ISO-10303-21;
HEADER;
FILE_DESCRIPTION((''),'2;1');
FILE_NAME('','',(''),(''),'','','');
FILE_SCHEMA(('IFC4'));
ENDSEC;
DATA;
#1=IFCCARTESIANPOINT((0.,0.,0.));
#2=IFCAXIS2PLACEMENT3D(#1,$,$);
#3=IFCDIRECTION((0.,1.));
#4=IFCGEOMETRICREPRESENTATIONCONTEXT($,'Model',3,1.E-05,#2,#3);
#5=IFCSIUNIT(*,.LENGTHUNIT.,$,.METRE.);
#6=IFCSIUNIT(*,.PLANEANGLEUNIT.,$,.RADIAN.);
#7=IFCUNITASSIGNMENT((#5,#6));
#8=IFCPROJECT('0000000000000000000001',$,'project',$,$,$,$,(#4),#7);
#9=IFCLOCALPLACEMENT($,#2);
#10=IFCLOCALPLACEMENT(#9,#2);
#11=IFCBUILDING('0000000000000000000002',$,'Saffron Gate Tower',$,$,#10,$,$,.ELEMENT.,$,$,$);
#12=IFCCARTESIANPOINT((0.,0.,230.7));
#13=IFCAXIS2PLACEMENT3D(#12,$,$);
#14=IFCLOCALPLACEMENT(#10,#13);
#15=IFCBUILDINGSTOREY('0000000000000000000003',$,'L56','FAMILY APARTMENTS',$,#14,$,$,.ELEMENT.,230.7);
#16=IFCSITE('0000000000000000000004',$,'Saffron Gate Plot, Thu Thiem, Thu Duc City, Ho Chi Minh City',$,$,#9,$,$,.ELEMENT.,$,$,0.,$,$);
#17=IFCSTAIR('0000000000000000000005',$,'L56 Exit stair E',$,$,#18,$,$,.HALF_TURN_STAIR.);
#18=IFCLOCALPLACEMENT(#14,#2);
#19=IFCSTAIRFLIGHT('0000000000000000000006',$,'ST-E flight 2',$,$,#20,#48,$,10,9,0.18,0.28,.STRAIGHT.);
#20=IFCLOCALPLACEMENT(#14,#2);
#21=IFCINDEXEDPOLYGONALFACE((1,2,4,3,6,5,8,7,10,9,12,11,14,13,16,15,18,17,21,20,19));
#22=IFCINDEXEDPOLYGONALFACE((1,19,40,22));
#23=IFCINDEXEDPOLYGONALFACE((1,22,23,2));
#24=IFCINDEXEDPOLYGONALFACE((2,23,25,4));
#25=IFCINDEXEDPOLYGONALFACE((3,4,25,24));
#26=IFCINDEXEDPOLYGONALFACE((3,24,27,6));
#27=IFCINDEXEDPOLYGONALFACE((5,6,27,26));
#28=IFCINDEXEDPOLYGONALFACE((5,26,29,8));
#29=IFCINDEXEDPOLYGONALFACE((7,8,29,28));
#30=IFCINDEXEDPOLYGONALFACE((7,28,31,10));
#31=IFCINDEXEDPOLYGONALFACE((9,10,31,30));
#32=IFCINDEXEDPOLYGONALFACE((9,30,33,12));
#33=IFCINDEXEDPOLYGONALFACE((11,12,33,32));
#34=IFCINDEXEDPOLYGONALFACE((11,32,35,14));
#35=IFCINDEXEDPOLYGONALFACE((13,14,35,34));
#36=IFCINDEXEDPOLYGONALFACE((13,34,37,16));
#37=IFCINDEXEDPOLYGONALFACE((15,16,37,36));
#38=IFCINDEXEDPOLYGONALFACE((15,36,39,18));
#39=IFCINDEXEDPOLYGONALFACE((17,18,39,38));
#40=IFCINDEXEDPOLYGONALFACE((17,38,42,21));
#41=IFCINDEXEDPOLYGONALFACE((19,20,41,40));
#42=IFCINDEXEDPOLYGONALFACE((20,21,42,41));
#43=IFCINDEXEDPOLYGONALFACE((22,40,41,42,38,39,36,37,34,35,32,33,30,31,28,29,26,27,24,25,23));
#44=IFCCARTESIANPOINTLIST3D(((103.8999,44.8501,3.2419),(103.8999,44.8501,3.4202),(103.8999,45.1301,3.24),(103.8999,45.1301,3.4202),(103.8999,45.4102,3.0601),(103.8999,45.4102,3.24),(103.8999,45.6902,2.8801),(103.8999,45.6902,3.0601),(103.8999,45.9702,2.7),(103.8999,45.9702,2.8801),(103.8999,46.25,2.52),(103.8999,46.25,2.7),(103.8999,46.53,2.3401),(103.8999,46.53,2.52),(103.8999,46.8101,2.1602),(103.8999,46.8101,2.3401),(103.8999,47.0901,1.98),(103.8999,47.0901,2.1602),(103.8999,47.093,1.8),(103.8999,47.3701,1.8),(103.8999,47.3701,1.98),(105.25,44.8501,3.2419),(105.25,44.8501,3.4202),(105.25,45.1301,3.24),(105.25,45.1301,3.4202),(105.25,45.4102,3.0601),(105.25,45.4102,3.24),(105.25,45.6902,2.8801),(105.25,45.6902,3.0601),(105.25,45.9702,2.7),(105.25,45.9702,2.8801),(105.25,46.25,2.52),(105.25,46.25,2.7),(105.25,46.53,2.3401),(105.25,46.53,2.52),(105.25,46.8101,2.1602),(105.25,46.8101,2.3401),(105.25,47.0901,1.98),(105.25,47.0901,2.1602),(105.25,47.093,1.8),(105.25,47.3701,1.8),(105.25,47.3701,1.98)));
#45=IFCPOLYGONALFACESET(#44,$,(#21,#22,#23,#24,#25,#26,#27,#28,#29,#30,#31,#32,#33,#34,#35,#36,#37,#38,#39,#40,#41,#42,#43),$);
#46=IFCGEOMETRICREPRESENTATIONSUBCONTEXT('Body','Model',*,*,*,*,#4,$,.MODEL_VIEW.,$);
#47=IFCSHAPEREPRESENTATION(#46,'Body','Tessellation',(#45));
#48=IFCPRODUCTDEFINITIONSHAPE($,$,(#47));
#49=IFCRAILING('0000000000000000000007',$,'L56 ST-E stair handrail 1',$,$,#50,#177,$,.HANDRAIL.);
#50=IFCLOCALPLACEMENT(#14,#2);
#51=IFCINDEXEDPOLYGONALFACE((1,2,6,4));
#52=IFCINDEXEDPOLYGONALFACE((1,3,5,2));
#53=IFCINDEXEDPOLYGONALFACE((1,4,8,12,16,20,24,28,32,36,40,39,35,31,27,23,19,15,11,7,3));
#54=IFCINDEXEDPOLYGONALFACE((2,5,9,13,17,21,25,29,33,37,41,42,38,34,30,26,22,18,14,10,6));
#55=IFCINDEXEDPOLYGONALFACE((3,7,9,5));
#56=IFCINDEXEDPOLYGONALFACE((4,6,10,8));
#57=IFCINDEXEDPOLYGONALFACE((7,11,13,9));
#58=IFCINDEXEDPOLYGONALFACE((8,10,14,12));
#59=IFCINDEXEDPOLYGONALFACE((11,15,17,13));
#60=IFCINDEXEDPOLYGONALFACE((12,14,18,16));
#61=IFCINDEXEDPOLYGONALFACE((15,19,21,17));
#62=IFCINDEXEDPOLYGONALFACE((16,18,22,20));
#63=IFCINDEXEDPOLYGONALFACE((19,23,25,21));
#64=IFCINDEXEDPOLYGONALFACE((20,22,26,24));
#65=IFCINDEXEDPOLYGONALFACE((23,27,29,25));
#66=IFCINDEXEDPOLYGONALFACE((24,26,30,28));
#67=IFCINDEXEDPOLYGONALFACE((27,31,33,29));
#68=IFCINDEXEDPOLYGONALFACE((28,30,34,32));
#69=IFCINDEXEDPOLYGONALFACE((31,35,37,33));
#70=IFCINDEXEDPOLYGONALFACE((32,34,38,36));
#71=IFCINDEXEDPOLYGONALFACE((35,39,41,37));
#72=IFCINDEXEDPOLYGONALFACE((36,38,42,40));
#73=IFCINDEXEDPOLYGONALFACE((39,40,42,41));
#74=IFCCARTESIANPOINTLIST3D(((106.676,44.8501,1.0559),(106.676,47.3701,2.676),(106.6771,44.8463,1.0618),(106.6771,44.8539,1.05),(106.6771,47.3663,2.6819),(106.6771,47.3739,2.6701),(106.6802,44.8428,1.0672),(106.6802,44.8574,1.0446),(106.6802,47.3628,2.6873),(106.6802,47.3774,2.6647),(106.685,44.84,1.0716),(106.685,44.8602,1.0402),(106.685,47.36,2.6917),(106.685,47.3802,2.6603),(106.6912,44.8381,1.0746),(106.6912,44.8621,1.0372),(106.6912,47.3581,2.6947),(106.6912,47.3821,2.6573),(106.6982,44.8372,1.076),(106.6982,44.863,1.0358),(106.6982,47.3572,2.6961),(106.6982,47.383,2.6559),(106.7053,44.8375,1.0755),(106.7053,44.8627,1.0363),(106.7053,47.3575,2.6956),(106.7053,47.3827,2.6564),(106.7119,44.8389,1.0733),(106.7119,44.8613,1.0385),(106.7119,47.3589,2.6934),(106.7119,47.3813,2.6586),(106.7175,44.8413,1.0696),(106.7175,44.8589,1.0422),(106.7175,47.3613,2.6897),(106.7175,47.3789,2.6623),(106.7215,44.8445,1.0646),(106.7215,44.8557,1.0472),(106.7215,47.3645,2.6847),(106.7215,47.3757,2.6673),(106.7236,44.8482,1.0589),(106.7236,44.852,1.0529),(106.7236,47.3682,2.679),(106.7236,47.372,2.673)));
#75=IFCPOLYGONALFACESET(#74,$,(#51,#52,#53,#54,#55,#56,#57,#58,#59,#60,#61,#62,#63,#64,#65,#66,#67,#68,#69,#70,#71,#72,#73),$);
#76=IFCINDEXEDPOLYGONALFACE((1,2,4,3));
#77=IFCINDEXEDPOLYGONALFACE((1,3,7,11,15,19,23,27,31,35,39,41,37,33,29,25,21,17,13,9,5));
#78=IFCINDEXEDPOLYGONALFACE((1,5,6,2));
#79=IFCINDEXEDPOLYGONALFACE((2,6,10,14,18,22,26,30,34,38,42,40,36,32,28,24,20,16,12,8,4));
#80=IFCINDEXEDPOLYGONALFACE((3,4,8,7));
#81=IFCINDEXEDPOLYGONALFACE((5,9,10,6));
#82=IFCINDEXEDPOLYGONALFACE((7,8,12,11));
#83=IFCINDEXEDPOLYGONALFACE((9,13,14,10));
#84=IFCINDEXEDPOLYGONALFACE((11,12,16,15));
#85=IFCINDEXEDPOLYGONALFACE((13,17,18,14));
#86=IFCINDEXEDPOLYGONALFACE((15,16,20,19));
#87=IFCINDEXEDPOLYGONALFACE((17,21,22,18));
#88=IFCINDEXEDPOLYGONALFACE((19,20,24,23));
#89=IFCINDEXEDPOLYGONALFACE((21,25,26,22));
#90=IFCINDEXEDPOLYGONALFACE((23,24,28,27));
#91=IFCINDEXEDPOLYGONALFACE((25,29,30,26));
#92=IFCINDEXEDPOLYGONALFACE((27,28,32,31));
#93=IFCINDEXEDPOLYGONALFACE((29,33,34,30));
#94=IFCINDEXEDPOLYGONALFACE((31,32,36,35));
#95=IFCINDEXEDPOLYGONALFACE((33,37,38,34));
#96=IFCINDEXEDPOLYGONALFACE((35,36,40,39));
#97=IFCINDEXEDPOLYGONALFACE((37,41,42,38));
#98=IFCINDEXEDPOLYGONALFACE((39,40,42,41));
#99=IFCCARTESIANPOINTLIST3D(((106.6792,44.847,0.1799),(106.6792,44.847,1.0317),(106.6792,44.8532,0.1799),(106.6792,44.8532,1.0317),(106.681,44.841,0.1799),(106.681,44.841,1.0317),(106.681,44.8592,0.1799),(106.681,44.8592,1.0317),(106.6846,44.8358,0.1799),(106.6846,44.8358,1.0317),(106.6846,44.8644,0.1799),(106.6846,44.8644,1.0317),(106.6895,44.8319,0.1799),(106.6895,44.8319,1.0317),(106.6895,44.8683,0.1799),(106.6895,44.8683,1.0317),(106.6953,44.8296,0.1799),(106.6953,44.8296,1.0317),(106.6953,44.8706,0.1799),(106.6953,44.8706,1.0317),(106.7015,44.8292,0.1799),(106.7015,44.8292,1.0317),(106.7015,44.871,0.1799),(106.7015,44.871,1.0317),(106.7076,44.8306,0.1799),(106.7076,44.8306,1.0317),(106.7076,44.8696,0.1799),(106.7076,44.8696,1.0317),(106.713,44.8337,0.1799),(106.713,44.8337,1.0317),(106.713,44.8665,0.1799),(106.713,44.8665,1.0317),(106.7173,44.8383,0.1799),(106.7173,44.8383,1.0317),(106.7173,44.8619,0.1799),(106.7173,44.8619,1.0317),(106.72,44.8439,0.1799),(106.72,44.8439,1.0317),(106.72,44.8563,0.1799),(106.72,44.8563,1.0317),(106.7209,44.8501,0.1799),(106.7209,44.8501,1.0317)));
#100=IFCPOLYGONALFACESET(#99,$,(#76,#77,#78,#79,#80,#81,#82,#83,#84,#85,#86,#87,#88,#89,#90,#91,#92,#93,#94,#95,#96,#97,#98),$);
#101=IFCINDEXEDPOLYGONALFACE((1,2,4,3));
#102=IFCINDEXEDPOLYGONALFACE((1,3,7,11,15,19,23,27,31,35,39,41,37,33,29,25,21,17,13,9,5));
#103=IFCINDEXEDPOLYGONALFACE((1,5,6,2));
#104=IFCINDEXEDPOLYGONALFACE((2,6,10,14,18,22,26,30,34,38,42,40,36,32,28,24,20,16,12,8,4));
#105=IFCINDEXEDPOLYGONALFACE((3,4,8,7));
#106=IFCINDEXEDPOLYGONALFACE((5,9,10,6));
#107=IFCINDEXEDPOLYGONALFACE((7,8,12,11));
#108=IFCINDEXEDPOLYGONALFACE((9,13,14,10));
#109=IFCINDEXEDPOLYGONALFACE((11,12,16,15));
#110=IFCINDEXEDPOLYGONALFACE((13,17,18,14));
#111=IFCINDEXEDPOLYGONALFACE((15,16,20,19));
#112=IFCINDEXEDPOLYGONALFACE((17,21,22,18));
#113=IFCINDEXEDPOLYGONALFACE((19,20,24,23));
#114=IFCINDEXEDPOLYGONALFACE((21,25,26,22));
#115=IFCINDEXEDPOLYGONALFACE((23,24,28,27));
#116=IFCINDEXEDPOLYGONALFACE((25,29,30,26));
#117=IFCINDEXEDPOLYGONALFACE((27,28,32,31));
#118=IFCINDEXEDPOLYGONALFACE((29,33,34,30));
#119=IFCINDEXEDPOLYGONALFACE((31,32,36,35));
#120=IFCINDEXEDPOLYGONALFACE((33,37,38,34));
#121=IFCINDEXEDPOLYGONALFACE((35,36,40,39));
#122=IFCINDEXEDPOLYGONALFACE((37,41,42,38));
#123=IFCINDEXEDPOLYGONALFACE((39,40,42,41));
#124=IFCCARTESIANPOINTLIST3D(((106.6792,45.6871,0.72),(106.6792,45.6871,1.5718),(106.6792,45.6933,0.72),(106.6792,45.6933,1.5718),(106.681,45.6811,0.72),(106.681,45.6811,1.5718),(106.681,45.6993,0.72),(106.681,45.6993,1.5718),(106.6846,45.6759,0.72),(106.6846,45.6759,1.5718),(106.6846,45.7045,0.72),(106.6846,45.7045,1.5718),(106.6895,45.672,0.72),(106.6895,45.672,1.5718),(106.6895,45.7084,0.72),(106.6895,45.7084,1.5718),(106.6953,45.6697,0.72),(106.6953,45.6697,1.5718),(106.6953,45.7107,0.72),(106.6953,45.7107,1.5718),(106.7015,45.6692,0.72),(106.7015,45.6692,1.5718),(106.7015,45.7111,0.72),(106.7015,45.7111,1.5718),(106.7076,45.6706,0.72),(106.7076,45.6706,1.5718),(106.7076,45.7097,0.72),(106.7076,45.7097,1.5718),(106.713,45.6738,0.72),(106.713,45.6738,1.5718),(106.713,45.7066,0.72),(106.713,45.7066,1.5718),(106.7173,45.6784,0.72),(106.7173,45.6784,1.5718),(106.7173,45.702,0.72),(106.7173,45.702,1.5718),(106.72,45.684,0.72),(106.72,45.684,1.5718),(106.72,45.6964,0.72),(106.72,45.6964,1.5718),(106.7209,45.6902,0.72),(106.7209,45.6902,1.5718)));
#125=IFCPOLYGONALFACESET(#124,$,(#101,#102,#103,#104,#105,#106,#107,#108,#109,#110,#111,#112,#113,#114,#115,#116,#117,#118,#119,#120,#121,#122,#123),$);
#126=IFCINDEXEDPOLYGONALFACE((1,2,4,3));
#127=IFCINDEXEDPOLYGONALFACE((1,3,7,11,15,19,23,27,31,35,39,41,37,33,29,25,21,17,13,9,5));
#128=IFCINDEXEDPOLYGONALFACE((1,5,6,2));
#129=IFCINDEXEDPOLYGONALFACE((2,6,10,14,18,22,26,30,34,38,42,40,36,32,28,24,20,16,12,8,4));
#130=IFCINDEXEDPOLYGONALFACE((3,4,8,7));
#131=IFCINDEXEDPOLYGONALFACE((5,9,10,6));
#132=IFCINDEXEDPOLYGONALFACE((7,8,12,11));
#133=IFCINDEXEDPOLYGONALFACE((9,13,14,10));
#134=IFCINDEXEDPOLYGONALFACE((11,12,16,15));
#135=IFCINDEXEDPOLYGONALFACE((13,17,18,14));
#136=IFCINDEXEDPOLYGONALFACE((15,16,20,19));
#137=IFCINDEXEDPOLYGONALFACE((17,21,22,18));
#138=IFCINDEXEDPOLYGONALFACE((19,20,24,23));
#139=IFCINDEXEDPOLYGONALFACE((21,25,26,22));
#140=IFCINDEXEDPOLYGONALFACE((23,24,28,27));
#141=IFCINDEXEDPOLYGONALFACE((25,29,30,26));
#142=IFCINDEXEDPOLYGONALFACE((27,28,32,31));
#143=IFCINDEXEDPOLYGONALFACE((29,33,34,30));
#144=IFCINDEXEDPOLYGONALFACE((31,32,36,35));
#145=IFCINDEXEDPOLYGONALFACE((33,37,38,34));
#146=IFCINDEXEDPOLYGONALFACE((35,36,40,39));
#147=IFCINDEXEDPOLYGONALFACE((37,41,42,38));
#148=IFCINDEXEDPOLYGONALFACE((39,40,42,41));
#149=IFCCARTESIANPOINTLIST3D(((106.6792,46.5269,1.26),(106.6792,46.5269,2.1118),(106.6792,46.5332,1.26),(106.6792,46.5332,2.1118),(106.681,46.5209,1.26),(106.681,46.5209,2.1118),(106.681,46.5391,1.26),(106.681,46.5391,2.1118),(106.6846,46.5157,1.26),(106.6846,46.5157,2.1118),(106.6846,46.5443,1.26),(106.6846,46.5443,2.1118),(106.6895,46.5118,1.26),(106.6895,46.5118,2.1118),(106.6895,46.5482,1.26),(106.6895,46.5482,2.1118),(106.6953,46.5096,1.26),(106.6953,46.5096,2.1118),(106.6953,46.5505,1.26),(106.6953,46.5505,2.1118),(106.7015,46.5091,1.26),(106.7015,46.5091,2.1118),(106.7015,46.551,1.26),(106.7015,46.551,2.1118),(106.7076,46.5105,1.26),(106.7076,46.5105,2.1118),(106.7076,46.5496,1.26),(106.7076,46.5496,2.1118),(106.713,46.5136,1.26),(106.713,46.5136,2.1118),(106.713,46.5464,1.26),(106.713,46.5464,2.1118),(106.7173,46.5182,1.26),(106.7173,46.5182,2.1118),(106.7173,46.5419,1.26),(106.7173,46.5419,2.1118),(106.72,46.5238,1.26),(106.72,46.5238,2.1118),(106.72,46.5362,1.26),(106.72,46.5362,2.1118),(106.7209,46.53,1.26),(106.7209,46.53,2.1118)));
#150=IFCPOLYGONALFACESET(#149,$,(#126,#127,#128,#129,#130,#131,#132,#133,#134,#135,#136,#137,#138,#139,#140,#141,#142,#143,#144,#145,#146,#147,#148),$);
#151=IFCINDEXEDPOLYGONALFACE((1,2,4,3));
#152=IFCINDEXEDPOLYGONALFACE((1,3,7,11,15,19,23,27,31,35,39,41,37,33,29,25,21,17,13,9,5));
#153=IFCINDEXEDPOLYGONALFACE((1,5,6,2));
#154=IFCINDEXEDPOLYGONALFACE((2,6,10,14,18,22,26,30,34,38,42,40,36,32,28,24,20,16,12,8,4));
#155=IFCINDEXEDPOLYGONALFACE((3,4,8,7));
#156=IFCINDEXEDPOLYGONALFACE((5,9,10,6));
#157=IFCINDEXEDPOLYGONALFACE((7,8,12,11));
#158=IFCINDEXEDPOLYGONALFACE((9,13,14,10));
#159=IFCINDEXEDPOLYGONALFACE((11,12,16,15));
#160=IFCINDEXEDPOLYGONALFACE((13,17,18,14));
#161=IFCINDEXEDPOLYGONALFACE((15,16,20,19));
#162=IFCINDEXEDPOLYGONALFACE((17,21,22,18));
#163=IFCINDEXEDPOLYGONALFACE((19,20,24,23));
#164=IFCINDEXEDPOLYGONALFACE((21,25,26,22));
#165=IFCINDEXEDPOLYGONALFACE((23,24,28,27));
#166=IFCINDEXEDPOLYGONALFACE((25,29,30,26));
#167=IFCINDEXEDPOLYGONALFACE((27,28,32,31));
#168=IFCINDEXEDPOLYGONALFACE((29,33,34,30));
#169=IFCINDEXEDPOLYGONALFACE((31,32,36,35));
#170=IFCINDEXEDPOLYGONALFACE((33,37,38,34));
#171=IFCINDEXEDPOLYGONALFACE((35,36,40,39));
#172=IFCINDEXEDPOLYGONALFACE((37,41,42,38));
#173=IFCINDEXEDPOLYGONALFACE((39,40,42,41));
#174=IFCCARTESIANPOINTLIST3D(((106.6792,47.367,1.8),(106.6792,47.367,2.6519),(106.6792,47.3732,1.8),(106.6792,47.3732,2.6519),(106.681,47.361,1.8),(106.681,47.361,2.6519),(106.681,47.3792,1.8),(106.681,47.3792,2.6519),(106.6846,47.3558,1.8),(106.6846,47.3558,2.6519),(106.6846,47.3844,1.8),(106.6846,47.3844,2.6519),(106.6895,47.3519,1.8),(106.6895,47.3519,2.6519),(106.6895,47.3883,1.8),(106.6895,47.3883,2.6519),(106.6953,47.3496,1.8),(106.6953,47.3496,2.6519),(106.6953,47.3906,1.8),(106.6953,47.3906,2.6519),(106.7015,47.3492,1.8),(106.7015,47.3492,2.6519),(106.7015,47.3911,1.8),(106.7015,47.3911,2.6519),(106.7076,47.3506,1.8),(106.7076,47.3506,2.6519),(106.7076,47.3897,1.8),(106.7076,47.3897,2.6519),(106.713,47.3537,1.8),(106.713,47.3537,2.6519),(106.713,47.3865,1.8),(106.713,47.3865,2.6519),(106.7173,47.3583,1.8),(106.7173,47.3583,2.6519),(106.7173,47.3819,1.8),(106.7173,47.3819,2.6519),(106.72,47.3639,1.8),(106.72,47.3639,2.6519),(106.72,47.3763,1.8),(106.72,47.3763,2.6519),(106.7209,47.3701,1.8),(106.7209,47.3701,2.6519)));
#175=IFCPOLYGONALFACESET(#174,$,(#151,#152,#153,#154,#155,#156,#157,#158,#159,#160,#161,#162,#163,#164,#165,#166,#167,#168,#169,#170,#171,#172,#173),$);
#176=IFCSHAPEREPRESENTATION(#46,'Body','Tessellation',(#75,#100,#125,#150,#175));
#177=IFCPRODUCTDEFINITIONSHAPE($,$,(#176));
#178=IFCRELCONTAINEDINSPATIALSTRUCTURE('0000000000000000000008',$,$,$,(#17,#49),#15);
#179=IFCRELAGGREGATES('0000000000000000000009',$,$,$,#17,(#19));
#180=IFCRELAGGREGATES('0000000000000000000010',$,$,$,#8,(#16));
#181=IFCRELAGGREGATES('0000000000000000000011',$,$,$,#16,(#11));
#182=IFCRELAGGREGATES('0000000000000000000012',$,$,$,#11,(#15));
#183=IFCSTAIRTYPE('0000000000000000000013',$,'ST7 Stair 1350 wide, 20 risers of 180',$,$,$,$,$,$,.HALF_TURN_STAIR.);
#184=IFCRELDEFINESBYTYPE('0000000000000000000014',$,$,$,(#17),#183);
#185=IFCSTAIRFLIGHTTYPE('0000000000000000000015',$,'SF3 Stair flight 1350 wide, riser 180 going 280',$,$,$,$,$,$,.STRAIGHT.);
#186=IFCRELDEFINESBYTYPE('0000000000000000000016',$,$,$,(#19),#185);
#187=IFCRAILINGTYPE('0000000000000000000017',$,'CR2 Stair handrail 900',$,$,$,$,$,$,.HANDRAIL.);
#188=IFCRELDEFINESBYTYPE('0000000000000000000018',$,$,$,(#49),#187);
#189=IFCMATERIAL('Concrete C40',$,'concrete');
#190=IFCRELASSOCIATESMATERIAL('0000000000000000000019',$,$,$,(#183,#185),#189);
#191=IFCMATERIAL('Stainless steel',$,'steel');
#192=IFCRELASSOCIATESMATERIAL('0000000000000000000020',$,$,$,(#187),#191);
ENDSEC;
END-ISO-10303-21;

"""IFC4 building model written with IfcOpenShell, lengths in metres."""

from ifc_helpers import new_model, si_unit, direction, frame, origin, origin_2d, place, context, subcontext, project, spatial, polyline, circle, outline, extrude, material, type_object, element, aggregate, save


model = new_model("IFC4")

# Units and contexts
model_context = context("Model", 3, precision=1e-05, world=origin(), true_north=direction((0.0, 1.0)))
body_context = subcontext(model_context, "Body", "Model", "MODEL_VIEW")
ifc_project = project(units=[si_unit("LENGTHUNIT", "METRE"), si_unit("PLANEANGLEUNIT", "RADIAN")], contexts=[model_context])

# Site, building, storey
site_placement = place(None, origin())
site = spatial("IfcSite", under=ifc_project, at=site_placement, Name="Saffron Gate Plot, Thu Thiem, Thu Duc City, Ho Chi Minh City", CompositionType="ELEMENT", RefElevation=0.0)
building_placement = place(site_placement, origin())
building = spatial("IfcBuilding", under=site, at=building_placement, Name="Saffron Gate Tower", CompositionType="ELEMENT")
storey_placement = place(building_placement, frame((0.0, 0.0, 230.7)))
storey = spatial("IfcBuildingStorey", under=building, at=storey_placement, Name="L56", Description="FAMILY APARTMENTS", CompositionType="ELEMENT", Elevation=230.7)

# Stair, stair flight
ifc_material_1 = material(Name="Concrete C40", Category="concrete")
stair_type = type_object("IfcStairType", Name="ST7 Stair 1350 wide, 20 risers of 180", PredefinedType="HALF_TURN_STAIR", material=ifc_material_1)
stair_placement = place(storey_placement, origin())
stair = element("IfcStair", 1, at=stair_placement, inside=storey, type_object=stair_type, Name="L56 Exit stair E", PredefinedType="HALF_TURN_STAIR")
stair_flight_type = type_object("IfcStairFlightType", Name="SF3 Stair flight 1350 wide, riser 180 going 280", PredefinedType="STRAIGHT", material=ifc_material_1)
stair_flight_1_placement = place(storey_placement, frame((104.575, 47.3701, 1.8), z_axis=(0.0, 0.0, 1.0), x_axis=(0.0, -1.0, 0.0)))
stair_flight_1 = element("IfcStairFlight", 2, at=stair_flight_1_placement, type_object=stair_flight_type, Name="ST-E flight 2", NumberOfRisers=10, NumberOfTreads=9, PredefinedType="STRAIGHT", RiserHeight=0.18, TreadLength=0.28, context=body_context, shape_type="SweptSolid", body=[
    extrude(outline(polyline([(0.0, 0.0), (0.0, 0.1799), (0.28, 0.1799), (0.28, 0.3601), (0.5601, 0.3601), (0.5601, 0.54), (0.8401, 0.54), (0.8401, 0.72), (1.1201, 0.72), (1.1201, 0.8999), (1.3999, 0.8999), (1.3999, 1.0801), (1.6799, 1.0801), (1.6799, 1.26), (1.96, 1.26), (1.96, 1.4399), (2.24, 1.4399), (2.24, 1.6201), (2.52, 1.6201), (2.52, 1.8), (2.52, 1.4419), (0.2771, 0.0), (0.0, 0.0)])), frame((0.0, 0.675, 0.0), z_axis=(0.0, -1.0, 0.0), x_axis=(1.0, 0.0, 0.0)), (0.0, 0.0, 1.0), 1.3501),
])
aggregate(stair, [stair_flight_1])

# Railing
ifc_material_2 = material(Name="Stainless steel", Category="steel")
railing_type_1 = type_object("IfcRailingType", Name="CR2 Stair handrail 900", PredefinedType="HANDRAIL", material=ifc_material_2)
railing_1_placement = place(storey_placement, frame((106.7, 44.8501, 0.1799)))
element("IfcRailing", 3, at=railing_1_placement, inside=storey, type_object=railing_type_1, Name="L56 ST-E stair handrail 1", PredefinedType="HANDRAIL", context=body_context, shape_type="SweptSolid", body=[
    extrude(circle(Radius=0.0239, at=origin_2d()), frame((0.0, 0.0, 0.876), z_axis=(0.0, 0.841163, 0.540782), x_axis=(-1.0, 0.0, 0.0)), (0.0, 0.0, 1.0), 2.9958),
    extrude(circle(Radius=0.021, at=origin_2d()), origin(), (0.0, 0.0, 1.0), 0.8518),
    extrude(circle(Radius=0.021, at=origin_2d()), frame((0.0, 0.8401, 0.54)), (0.0, 0.0, 1.0), 0.8518),
    extrude(circle(Radius=0.021, at=origin_2d()), frame((0.0, 1.6799, 1.0801)), (0.0, 0.0, 1.0), 0.8518),
    extrude(circle(Radius=0.021, at=origin_2d()), frame((0.0, 2.52, 1.6201)), (0.0, 0.0, 1.0), 0.8518),
])

save(model, "model.ifc")
